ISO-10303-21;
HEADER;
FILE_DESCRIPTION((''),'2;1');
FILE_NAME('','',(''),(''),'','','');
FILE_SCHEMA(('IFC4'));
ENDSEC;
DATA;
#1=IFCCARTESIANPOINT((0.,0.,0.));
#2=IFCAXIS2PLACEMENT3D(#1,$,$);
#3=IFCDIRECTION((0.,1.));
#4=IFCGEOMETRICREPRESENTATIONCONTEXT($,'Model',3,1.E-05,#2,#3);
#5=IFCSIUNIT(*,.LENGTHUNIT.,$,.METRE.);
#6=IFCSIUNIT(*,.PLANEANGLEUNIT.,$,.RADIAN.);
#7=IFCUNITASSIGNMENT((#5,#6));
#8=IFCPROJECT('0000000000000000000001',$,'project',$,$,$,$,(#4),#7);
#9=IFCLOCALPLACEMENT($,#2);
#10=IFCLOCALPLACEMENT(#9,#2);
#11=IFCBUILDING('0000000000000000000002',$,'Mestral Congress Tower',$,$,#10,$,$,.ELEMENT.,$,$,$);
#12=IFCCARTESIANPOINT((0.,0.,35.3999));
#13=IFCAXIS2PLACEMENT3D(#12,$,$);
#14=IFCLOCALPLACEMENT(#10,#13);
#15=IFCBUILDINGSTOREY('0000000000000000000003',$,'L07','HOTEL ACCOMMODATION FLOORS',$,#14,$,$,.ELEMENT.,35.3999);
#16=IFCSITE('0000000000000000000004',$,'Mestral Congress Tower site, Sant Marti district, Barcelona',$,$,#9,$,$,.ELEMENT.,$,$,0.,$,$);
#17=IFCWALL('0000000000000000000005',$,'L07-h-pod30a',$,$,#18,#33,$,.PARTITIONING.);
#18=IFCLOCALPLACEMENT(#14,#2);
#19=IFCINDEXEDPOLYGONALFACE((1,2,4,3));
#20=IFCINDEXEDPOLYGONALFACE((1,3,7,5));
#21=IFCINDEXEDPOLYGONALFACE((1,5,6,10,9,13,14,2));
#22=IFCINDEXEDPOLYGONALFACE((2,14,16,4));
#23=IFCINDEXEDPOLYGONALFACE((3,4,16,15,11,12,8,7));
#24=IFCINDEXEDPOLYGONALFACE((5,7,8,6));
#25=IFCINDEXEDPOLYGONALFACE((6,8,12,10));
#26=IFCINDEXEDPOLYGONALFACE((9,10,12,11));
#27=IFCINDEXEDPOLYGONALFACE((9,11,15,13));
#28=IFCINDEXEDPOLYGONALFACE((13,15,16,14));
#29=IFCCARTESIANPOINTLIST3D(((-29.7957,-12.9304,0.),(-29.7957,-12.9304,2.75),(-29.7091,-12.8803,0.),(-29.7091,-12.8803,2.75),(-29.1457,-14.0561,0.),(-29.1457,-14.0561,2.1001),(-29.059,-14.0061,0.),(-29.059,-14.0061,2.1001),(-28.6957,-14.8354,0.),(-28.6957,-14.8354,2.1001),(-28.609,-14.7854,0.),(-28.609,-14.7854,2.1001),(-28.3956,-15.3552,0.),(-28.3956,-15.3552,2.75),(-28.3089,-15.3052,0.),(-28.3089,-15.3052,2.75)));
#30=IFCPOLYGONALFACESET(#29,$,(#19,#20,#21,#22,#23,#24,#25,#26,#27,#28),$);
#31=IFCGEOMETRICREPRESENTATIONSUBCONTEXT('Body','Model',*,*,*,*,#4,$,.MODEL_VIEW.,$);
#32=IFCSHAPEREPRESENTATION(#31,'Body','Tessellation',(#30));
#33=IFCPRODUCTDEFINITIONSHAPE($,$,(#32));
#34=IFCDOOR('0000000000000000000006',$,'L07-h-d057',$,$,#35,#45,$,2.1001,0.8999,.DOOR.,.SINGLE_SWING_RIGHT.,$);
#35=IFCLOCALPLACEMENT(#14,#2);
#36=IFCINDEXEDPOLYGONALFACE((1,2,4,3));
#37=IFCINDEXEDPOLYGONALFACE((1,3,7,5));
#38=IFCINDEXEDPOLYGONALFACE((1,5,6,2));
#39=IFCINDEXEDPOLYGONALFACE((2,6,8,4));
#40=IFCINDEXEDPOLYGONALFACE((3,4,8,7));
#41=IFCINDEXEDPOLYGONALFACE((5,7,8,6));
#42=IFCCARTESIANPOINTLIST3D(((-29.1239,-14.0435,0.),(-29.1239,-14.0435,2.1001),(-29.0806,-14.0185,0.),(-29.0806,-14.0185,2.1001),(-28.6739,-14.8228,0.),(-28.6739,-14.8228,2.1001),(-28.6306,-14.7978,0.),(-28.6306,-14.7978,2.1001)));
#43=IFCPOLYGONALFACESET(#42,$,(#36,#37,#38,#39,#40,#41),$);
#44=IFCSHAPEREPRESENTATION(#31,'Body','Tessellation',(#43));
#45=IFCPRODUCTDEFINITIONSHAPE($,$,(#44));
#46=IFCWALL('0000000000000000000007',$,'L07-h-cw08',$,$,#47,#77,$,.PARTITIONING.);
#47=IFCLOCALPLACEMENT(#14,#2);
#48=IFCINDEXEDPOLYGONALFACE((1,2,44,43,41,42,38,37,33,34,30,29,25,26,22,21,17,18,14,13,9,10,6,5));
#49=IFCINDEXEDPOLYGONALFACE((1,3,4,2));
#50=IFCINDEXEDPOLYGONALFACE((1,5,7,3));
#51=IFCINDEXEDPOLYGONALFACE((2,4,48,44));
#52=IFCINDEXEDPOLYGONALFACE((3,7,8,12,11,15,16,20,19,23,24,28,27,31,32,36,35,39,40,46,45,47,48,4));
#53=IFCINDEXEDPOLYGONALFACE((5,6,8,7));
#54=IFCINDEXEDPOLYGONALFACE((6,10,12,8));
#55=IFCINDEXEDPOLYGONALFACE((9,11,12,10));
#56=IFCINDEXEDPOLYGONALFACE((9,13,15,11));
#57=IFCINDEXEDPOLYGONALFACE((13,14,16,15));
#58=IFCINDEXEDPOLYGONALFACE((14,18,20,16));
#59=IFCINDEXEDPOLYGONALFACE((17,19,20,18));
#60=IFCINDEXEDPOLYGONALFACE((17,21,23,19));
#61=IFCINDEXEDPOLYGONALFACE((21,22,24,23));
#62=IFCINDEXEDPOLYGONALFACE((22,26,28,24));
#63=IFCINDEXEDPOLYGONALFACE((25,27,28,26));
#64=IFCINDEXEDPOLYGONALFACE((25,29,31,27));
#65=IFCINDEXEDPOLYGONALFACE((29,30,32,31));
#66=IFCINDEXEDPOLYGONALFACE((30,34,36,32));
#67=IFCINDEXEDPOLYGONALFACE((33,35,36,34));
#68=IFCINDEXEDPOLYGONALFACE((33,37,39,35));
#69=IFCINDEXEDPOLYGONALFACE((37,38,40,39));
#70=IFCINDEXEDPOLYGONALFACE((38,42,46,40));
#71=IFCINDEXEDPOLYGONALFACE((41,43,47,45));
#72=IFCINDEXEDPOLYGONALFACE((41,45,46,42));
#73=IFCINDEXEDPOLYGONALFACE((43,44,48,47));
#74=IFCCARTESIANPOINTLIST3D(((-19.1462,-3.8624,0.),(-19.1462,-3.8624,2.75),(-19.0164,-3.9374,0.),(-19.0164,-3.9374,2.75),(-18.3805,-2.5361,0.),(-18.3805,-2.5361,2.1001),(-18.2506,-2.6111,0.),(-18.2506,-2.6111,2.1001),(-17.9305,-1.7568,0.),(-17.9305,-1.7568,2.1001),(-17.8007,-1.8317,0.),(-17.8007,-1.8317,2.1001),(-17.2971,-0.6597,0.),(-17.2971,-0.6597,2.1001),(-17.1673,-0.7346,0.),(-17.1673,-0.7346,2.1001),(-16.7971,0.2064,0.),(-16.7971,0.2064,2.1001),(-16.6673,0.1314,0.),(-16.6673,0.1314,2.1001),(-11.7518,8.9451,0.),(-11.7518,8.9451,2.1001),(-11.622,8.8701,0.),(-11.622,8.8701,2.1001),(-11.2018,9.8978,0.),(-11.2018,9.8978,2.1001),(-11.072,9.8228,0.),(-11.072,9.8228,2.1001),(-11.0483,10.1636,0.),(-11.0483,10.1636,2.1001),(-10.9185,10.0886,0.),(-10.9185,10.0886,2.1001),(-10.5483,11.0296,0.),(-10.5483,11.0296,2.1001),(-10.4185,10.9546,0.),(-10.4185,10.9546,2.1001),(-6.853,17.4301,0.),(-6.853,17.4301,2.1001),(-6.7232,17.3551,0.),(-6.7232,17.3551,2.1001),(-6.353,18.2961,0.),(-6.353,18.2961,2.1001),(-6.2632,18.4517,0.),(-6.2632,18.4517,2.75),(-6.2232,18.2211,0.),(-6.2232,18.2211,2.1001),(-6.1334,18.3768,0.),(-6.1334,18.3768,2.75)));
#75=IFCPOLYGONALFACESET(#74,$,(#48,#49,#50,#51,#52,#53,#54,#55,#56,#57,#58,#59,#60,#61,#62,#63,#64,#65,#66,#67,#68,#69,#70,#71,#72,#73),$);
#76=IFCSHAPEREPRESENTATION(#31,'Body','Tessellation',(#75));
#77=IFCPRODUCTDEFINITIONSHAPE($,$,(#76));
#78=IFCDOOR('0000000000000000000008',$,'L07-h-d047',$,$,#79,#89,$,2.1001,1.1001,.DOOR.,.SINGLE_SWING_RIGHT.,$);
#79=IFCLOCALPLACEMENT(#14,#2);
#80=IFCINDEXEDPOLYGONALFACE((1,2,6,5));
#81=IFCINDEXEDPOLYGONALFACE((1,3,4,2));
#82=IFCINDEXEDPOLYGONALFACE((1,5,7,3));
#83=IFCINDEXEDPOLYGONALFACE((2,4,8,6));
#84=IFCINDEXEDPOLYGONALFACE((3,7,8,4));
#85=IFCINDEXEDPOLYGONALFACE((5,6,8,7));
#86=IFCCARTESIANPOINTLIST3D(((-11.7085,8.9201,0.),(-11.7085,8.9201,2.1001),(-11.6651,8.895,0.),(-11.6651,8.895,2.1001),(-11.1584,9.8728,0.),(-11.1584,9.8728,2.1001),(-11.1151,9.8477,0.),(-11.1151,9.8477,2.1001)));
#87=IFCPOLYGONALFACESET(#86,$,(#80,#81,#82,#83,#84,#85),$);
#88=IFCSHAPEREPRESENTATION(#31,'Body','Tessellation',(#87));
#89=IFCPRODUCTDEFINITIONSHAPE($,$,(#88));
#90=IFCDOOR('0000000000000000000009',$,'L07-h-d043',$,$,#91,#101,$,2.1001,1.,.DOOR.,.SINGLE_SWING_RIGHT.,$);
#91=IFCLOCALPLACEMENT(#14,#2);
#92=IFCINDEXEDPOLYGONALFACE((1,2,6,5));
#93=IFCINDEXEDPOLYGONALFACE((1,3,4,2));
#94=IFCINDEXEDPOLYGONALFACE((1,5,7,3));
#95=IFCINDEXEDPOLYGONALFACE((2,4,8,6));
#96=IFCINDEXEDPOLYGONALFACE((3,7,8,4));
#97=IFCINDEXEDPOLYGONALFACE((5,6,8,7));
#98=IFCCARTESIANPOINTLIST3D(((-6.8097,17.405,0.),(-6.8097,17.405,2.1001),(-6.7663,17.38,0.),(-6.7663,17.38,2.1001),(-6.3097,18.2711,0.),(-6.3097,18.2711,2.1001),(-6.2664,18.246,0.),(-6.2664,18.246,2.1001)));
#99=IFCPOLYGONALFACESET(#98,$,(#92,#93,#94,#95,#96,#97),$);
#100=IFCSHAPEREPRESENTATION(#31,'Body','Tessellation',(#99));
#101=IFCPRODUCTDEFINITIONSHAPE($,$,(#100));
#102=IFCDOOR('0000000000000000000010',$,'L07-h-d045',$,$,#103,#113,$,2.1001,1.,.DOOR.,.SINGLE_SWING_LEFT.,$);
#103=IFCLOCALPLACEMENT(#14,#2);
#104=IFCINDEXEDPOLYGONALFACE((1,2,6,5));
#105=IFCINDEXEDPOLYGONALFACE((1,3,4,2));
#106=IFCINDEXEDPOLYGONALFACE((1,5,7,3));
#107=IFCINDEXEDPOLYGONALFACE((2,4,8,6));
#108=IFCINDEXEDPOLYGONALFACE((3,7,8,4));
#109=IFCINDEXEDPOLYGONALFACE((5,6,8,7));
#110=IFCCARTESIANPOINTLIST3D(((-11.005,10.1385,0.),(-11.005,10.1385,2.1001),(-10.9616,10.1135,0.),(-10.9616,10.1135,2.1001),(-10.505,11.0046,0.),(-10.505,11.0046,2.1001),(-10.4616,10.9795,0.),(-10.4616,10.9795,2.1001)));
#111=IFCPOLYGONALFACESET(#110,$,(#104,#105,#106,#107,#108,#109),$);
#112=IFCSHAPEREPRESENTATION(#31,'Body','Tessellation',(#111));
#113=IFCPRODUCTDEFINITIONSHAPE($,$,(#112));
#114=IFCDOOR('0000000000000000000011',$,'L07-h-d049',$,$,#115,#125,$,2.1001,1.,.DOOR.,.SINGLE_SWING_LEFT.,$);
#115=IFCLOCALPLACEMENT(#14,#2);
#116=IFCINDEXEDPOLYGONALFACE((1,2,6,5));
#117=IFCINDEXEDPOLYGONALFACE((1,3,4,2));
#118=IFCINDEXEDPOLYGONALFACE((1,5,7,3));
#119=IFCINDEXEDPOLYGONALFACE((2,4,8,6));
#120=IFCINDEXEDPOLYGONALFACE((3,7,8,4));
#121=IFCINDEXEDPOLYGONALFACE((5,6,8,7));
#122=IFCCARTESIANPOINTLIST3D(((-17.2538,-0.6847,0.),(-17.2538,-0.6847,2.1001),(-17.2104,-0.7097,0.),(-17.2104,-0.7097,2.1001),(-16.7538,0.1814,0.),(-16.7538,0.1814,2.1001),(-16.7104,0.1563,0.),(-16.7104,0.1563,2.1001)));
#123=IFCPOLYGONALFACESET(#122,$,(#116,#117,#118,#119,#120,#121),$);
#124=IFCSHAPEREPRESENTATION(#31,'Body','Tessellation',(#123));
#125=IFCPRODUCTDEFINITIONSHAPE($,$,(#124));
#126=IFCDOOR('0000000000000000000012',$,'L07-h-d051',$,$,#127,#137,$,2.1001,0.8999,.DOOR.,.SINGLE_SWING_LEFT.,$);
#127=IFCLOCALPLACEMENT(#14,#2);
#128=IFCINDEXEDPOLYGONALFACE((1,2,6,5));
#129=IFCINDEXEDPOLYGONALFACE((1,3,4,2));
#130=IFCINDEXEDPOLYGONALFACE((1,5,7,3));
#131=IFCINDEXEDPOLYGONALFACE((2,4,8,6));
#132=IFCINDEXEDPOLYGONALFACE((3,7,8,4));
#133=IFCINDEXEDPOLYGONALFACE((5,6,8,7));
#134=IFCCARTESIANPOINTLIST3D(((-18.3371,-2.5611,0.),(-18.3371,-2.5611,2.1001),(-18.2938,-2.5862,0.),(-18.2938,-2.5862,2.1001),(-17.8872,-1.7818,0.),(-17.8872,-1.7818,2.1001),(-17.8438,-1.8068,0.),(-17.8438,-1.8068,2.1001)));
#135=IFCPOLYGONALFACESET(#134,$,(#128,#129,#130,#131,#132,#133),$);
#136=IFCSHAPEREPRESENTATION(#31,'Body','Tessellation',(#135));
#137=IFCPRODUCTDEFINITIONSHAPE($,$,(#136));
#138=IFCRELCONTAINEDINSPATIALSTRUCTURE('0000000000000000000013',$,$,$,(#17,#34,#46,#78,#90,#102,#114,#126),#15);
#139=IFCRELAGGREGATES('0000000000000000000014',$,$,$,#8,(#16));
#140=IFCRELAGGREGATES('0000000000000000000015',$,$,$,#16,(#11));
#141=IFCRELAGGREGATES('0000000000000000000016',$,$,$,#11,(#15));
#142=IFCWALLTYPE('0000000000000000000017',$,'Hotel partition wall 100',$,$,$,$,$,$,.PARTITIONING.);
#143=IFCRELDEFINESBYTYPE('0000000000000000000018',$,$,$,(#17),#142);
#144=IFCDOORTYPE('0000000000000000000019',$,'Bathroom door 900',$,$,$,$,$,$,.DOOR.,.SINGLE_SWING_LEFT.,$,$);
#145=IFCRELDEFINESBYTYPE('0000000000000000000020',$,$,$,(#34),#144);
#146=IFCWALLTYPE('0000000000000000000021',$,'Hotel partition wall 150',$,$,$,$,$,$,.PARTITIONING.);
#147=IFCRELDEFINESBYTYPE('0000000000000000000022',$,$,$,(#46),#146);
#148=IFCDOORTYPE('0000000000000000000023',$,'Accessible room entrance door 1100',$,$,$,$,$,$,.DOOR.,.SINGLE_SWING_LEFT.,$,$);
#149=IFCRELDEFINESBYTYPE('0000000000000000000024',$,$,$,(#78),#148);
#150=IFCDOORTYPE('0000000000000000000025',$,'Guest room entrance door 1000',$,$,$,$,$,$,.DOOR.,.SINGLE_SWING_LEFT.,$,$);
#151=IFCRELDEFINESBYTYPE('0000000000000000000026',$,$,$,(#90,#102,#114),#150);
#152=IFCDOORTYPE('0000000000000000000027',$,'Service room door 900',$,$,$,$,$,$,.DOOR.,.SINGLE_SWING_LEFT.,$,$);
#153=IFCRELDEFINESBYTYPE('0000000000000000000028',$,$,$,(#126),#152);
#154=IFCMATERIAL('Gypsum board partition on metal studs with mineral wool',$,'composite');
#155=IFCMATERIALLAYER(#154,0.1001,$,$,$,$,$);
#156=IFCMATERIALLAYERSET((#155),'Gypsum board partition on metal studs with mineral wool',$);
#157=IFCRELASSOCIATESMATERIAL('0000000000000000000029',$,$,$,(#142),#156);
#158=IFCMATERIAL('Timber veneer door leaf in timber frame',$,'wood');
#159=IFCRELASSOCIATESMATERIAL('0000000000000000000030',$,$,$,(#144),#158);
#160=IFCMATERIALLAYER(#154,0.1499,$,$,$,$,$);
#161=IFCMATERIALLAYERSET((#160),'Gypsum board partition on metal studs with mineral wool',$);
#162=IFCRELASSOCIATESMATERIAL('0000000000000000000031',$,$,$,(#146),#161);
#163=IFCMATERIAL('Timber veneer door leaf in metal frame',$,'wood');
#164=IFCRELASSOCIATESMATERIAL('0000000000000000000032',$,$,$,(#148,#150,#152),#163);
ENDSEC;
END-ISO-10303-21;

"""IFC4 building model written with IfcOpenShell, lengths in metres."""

from ifc_helpers import new_model, si_unit, direction, frame, frame_2d, origin, place, context, subcontext, project, spatial, rectangle, extrude, material, layer, layer_set, type_object, element, fill, save


model = new_model("IFC4")

# Units and contexts
model_context = context("Model", 3, precision=1e-05, world=origin(), true_north=direction((0.0, 1.0)))
body_context = subcontext(model_context, "Body", "Model", "MODEL_VIEW")
ifc_project = project(units=[si_unit("LENGTHUNIT", "METRE"), si_unit("PLANEANGLEUNIT", "RADIAN")], contexts=[model_context])

# Site, building, storey
site_placement = place(None, origin())
site = spatial("IfcSite", under=ifc_project, at=site_placement, Name="Mestral Congress Tower site, Sant Marti district, Barcelona", CompositionType="ELEMENT", RefElevation=0.0)
building_placement = place(site_placement, origin())
building = spatial("IfcBuilding", under=site, at=building_placement, Name="Mestral Congress Tower", CompositionType="ELEMENT")
storey_placement = place(building_placement, frame((0.0, 0.0, 35.3999)))
storey = spatial("IfcBuildingStorey", under=building, at=storey_placement, Name="L07", Description="HOTEL ACCOMMODATION FLOORS", CompositionType="ELEMENT", Elevation=35.3999)

# Shared definitions
ifc_material_1 = material(Name="Gypsum board partition on metal studs with mineral wool", Category="composite")
ifc_layer_1 = layer(ifc_material_1, 0.1001)
ifc_layer_set_1 = layer_set([ifc_layer_1], Name="Gypsum board partition on metal studs with mineral wool")
wall_type_1 = type_object("IfcWallType", Name="Hotel partition wall 100", PredefinedType="PARTITIONING", material=ifc_layer_set_1)
ifc_material_2 = material(Name="Timber veneer door leaf in timber frame", Category="wood")
door_type_1 = type_object("IfcDoorType", Name="Bathroom door 900", OperationType="SINGLE_SWING_LEFT", PredefinedType="DOOR", material=ifc_material_2)

# Wall, opening, door
wall_1_placement = place(storey_placement, frame((-28.3523, -15.3301, 0.0), z_axis=(0.0, 0.0, 1.0), x_axis=(-0.50005, 0.865997, 0.0)))
wall_1 = element("IfcWall", 1, at=wall_1_placement, inside=storey, type_object=wall_type_1, Name="L07-h-pod30a", PredefinedType="PARTITIONING", context=body_context, shape_type="SweptSolid", body=[
    extrude(rectangle(XDim=2.8, YDim=0.1001, at=frame_2d((1.3999, 0.0))), origin(), (0.0, 0.0, 1.0), 2.75),
])
opening_1_placement = place(wall_1_placement, frame((0.6001, 0.0, 0.0)))
opening_1 = element("IfcOpeningElement", 2, at=opening_1_placement, cuts=wall_1, PredefinedType="OPENING", context=body_context, shape_type="SweptSolid", body=[
    extrude(rectangle(XDim=0.8999, YDim=2.1001, at=frame_2d((0.45, 1.05))), frame((0.0, 0.0601, 0.0), z_axis=(0.0, -1.0, 0.0), x_axis=(1.0, 0.0, 0.0)), (0.0, 0.0, 1.0), 0.1201),
])
door_1_placement = place(opening_1_placement, origin())
door_1 = element("IfcDoor", 3, at=door_1_placement, inside=storey, type_object=door_type_1, Name="L07-h-d057", OperationType="SINGLE_SWING_RIGHT", OverallHeight=2.1001, OverallWidth=0.8999, PredefinedType="DOOR", context=body_context, shape_type="SweptSolid", body=[
    extrude(rectangle(XDim=0.8999, YDim=2.1001, at=frame_2d((0.45, 1.05))), frame((0.0, 0.0249, 0.0), z_axis=(0.0, -1.0, 0.0), x_axis=(1.0, 0.0, 0.0)), (0.0, 0.0, 1.0), 0.05),
])
fill(opening_1, door_1)

# Wall, openings, doors
ifc_layer_2 = layer(ifc_material_1, 0.1499)
ifc_layer_set_2 = layer_set([ifc_layer_2], Name="Gypsum board partition on metal studs with mineral wool")
wall_type_2 = type_object("IfcWallType", Name="Hotel partition wall 150", PredefinedType="PARTITIONING", material=ifc_layer_set_2)
wall_2_placement = place(storey_placement, frame((-19.0813, -3.8999, 0.0), z_axis=(0.0, 0.0, 1.0), x_axis=(0.499998, 0.866026, 0.0)))
wall_2 = element("IfcWall", 4, at=wall_2_placement, inside=storey, type_object=wall_type_2, Name="L07-h-cw08", PredefinedType="PARTITIONING", context=body_context, shape_type="SweptSolid", body=[
    extrude(rectangle(XDim=25.7661, YDim=0.1499, at=frame_2d((12.8831, 0.0))), origin(), (0.0, 0.0, 1.0), 2.75),
])
opening_2_placement = place(wall_2_placement, frame((24.5864, 0.0, 0.0)))
opening_2 = element("IfcOpeningElement", 5, at=opening_2_placement, cuts=wall_2, PredefinedType="OPENING", context=body_context, shape_type="SweptSolid", body=[
    extrude(rectangle(XDim=1.0, YDim=2.1001, at=frame_2d((0.5, 1.05))), frame((0.0, 0.085, 0.0), z_axis=(0.0, -1.0, 0.0), x_axis=(1.0, 0.0, 0.0)), (0.0, 0.0, 1.0), 0.1699),
])
opening_3_placement = place(wall_2_placement, frame((16.1958, 0.0, 0.0)))
opening_3 = element("IfcOpeningElement", 6, at=opening_3_placement, cuts=wall_2, PredefinedType="OPENING", context=body_context, shape_type="SweptSolid", body=[
    extrude(rectangle(XDim=1.0, YDim=2.1001, at=frame_2d((0.5, 1.05))), frame((0.0, 0.085, 0.0), z_axis=(0.0, -1.0, 0.0), x_axis=(1.0, 0.0, 0.0)), (0.0, 0.0, 1.0), 0.1699),
])
opening_4_placement = place(wall_2_placement, frame((14.7888, 0.0, 0.0)))
opening_4 = element("IfcOpeningElement", 7, at=opening_4_placement, cuts=wall_2, PredefinedType="OPENING", context=body_context, shape_type="SweptSolid", body=[
    extrude(rectangle(XDim=1.1001, YDim=2.1001, at=frame_2d((0.55, 1.05))), frame((0.0, 0.085, 0.0), z_axis=(0.0, -1.0, 0.0), x_axis=(1.0, 0.0, 0.0)), (0.0, 0.0, 1.0), 0.1699),
])
opening_5_placement = place(wall_2_placement, frame((3.6982, 0.0, 0.0)))
opening_5 = element("IfcOpeningElement", 8, at=opening_5_placement, cuts=wall_2, PredefinedType="OPENING", context=body_context, shape_type="SweptSolid", body=[
    extrude(rectangle(XDim=1.0, YDim=2.1001, at=frame_2d((0.5, 1.05))), frame((0.0, 0.085, 0.0), z_axis=(0.0, -1.0, 0.0), x_axis=(1.0, 0.0, 0.0)), (0.0, 0.0, 1.0), 0.1699),
])
opening_6_placement = place(wall_2_placement, frame((1.5315, 0.0, 0.0)))
opening_6 = element("IfcOpeningElement", 9, at=opening_6_placement, cuts=wall_2, PredefinedType="OPENING", context=body_context, shape_type="SweptSolid", body=[
    extrude(rectangle(XDim=0.8999, YDim=2.1001, at=frame_2d((0.45, 1.05))), frame((0.0, 0.085, 0.0), z_axis=(0.0, -1.0, 0.0), x_axis=(1.0, 0.0, 0.0)), (0.0, 0.0, 1.0), 0.1699),
])
ifc_material_3 = material(Name="Timber veneer door leaf in metal frame", Category="wood")
door_type_2 = type_object("IfcDoorType", Name="Accessible room entrance door 1100", OperationType="SINGLE_SWING_LEFT", PredefinedType="DOOR", material=ifc_material_3)
door_2_placement = place(opening_4_placement, origin())
door_2 = element("IfcDoor", 10, at=door_2_placement, inside=storey, type_object=door_type_2, Name="L07-h-d047", OperationType="SINGLE_SWING_RIGHT", OverallHeight=2.1001, OverallWidth=1.1001, PredefinedType="DOOR", context=body_context, shape_type="SweptSolid", body=[
    extrude(rectangle(XDim=1.1001, YDim=2.1001, at=frame_2d((0.55, 1.05))), frame((0.0, 0.0249, 0.0), z_axis=(0.0, -1.0, 0.0), x_axis=(1.0, 0.0, 0.0)), (0.0, 0.0, 1.0), 0.05),
])
fill(opening_4, door_2)
door_type_3 = type_object("IfcDoorType", Name="Guest room entrance door 1000", OperationType="SINGLE_SWING_LEFT", PredefinedType="DOOR", material=ifc_material_3)
door_3_placement = place(opening_2_placement, origin())
door_3 = element("IfcDoor", 11, at=door_3_placement, inside=storey, type_object=door_type_3, Name="L07-h-d043", OperationType="SINGLE_SWING_RIGHT", OverallHeight=2.1001, OverallWidth=1.0, PredefinedType="DOOR", context=body_context, shape_type="SweptSolid", body=[
    extrude(rectangle(XDim=1.0, YDim=2.1001, at=frame_2d((0.5, 1.05))), frame((0.0, 0.0249, 0.0), z_axis=(0.0, -1.0, 0.0), x_axis=(1.0, 0.0, 0.0)), (0.0, 0.0, 1.0), 0.05),
])
fill(opening_2, door_3)
door_4_placement = place(opening_3_placement, origin())
door_4 = element("IfcDoor", 12, at=door_4_placement, inside=storey, type_object=door_type_3, Name="L07-h-d045", OperationType="SINGLE_SWING_LEFT", OverallHeight=2.1001, OverallWidth=1.0, PredefinedType="DOOR", context=body_context, shape_type="SweptSolid", body=[
    extrude(rectangle(XDim=1.0, YDim=2.1001, at=frame_2d((0.5, 1.05))), frame((0.0, 0.0249, 0.0), z_axis=(0.0, -1.0, 0.0), x_axis=(1.0, 0.0, 0.0)), (0.0, 0.0, 1.0), 0.05),
])
fill(opening_3, door_4)
door_5_placement = place(opening_5_placement, origin())
door_5 = element("IfcDoor", 13, at=door_5_placement, inside=storey, type_object=door_type_3, Name="L07-h-d049", OperationType="SINGLE_SWING_LEFT", OverallHeight=2.1001, OverallWidth=1.0, PredefinedType="DOOR", context=body_context, shape_type="SweptSolid", body=[
    extrude(rectangle(XDim=1.0, YDim=2.1001, at=frame_2d((0.5, 1.05))), frame((0.0, 0.0249, 0.0), z_axis=(0.0, -1.0, 0.0), x_axis=(1.0, 0.0, 0.0)), (0.0, 0.0, 1.0), 0.05),
])
fill(opening_5, door_5)
door_type_4 = type_object("IfcDoorType", Name="Service room door 900", OperationType="SINGLE_SWING_LEFT", PredefinedType="DOOR", material=ifc_material_3)
door_6_placement = place(opening_6_placement, origin())
door_6 = element("IfcDoor", 14, at=door_6_placement, inside=storey, type_object=door_type_4, Name="L07-h-d051", OperationType="SINGLE_SWING_LEFT", OverallHeight=2.1001, OverallWidth=0.8999, PredefinedType="DOOR", context=body_context, shape_type="SweptSolid", body=[
    extrude(rectangle(XDim=0.8999, YDim=2.1001, at=frame_2d((0.45, 1.05))), frame((0.0, 0.0249, 0.0), z_axis=(0.0, -1.0, 0.0), x_axis=(1.0, 0.0, 0.0)), (0.0, 0.0, 1.0), 0.05),
])
fill(opening_6, door_6)

save(model, "model.ifc")
